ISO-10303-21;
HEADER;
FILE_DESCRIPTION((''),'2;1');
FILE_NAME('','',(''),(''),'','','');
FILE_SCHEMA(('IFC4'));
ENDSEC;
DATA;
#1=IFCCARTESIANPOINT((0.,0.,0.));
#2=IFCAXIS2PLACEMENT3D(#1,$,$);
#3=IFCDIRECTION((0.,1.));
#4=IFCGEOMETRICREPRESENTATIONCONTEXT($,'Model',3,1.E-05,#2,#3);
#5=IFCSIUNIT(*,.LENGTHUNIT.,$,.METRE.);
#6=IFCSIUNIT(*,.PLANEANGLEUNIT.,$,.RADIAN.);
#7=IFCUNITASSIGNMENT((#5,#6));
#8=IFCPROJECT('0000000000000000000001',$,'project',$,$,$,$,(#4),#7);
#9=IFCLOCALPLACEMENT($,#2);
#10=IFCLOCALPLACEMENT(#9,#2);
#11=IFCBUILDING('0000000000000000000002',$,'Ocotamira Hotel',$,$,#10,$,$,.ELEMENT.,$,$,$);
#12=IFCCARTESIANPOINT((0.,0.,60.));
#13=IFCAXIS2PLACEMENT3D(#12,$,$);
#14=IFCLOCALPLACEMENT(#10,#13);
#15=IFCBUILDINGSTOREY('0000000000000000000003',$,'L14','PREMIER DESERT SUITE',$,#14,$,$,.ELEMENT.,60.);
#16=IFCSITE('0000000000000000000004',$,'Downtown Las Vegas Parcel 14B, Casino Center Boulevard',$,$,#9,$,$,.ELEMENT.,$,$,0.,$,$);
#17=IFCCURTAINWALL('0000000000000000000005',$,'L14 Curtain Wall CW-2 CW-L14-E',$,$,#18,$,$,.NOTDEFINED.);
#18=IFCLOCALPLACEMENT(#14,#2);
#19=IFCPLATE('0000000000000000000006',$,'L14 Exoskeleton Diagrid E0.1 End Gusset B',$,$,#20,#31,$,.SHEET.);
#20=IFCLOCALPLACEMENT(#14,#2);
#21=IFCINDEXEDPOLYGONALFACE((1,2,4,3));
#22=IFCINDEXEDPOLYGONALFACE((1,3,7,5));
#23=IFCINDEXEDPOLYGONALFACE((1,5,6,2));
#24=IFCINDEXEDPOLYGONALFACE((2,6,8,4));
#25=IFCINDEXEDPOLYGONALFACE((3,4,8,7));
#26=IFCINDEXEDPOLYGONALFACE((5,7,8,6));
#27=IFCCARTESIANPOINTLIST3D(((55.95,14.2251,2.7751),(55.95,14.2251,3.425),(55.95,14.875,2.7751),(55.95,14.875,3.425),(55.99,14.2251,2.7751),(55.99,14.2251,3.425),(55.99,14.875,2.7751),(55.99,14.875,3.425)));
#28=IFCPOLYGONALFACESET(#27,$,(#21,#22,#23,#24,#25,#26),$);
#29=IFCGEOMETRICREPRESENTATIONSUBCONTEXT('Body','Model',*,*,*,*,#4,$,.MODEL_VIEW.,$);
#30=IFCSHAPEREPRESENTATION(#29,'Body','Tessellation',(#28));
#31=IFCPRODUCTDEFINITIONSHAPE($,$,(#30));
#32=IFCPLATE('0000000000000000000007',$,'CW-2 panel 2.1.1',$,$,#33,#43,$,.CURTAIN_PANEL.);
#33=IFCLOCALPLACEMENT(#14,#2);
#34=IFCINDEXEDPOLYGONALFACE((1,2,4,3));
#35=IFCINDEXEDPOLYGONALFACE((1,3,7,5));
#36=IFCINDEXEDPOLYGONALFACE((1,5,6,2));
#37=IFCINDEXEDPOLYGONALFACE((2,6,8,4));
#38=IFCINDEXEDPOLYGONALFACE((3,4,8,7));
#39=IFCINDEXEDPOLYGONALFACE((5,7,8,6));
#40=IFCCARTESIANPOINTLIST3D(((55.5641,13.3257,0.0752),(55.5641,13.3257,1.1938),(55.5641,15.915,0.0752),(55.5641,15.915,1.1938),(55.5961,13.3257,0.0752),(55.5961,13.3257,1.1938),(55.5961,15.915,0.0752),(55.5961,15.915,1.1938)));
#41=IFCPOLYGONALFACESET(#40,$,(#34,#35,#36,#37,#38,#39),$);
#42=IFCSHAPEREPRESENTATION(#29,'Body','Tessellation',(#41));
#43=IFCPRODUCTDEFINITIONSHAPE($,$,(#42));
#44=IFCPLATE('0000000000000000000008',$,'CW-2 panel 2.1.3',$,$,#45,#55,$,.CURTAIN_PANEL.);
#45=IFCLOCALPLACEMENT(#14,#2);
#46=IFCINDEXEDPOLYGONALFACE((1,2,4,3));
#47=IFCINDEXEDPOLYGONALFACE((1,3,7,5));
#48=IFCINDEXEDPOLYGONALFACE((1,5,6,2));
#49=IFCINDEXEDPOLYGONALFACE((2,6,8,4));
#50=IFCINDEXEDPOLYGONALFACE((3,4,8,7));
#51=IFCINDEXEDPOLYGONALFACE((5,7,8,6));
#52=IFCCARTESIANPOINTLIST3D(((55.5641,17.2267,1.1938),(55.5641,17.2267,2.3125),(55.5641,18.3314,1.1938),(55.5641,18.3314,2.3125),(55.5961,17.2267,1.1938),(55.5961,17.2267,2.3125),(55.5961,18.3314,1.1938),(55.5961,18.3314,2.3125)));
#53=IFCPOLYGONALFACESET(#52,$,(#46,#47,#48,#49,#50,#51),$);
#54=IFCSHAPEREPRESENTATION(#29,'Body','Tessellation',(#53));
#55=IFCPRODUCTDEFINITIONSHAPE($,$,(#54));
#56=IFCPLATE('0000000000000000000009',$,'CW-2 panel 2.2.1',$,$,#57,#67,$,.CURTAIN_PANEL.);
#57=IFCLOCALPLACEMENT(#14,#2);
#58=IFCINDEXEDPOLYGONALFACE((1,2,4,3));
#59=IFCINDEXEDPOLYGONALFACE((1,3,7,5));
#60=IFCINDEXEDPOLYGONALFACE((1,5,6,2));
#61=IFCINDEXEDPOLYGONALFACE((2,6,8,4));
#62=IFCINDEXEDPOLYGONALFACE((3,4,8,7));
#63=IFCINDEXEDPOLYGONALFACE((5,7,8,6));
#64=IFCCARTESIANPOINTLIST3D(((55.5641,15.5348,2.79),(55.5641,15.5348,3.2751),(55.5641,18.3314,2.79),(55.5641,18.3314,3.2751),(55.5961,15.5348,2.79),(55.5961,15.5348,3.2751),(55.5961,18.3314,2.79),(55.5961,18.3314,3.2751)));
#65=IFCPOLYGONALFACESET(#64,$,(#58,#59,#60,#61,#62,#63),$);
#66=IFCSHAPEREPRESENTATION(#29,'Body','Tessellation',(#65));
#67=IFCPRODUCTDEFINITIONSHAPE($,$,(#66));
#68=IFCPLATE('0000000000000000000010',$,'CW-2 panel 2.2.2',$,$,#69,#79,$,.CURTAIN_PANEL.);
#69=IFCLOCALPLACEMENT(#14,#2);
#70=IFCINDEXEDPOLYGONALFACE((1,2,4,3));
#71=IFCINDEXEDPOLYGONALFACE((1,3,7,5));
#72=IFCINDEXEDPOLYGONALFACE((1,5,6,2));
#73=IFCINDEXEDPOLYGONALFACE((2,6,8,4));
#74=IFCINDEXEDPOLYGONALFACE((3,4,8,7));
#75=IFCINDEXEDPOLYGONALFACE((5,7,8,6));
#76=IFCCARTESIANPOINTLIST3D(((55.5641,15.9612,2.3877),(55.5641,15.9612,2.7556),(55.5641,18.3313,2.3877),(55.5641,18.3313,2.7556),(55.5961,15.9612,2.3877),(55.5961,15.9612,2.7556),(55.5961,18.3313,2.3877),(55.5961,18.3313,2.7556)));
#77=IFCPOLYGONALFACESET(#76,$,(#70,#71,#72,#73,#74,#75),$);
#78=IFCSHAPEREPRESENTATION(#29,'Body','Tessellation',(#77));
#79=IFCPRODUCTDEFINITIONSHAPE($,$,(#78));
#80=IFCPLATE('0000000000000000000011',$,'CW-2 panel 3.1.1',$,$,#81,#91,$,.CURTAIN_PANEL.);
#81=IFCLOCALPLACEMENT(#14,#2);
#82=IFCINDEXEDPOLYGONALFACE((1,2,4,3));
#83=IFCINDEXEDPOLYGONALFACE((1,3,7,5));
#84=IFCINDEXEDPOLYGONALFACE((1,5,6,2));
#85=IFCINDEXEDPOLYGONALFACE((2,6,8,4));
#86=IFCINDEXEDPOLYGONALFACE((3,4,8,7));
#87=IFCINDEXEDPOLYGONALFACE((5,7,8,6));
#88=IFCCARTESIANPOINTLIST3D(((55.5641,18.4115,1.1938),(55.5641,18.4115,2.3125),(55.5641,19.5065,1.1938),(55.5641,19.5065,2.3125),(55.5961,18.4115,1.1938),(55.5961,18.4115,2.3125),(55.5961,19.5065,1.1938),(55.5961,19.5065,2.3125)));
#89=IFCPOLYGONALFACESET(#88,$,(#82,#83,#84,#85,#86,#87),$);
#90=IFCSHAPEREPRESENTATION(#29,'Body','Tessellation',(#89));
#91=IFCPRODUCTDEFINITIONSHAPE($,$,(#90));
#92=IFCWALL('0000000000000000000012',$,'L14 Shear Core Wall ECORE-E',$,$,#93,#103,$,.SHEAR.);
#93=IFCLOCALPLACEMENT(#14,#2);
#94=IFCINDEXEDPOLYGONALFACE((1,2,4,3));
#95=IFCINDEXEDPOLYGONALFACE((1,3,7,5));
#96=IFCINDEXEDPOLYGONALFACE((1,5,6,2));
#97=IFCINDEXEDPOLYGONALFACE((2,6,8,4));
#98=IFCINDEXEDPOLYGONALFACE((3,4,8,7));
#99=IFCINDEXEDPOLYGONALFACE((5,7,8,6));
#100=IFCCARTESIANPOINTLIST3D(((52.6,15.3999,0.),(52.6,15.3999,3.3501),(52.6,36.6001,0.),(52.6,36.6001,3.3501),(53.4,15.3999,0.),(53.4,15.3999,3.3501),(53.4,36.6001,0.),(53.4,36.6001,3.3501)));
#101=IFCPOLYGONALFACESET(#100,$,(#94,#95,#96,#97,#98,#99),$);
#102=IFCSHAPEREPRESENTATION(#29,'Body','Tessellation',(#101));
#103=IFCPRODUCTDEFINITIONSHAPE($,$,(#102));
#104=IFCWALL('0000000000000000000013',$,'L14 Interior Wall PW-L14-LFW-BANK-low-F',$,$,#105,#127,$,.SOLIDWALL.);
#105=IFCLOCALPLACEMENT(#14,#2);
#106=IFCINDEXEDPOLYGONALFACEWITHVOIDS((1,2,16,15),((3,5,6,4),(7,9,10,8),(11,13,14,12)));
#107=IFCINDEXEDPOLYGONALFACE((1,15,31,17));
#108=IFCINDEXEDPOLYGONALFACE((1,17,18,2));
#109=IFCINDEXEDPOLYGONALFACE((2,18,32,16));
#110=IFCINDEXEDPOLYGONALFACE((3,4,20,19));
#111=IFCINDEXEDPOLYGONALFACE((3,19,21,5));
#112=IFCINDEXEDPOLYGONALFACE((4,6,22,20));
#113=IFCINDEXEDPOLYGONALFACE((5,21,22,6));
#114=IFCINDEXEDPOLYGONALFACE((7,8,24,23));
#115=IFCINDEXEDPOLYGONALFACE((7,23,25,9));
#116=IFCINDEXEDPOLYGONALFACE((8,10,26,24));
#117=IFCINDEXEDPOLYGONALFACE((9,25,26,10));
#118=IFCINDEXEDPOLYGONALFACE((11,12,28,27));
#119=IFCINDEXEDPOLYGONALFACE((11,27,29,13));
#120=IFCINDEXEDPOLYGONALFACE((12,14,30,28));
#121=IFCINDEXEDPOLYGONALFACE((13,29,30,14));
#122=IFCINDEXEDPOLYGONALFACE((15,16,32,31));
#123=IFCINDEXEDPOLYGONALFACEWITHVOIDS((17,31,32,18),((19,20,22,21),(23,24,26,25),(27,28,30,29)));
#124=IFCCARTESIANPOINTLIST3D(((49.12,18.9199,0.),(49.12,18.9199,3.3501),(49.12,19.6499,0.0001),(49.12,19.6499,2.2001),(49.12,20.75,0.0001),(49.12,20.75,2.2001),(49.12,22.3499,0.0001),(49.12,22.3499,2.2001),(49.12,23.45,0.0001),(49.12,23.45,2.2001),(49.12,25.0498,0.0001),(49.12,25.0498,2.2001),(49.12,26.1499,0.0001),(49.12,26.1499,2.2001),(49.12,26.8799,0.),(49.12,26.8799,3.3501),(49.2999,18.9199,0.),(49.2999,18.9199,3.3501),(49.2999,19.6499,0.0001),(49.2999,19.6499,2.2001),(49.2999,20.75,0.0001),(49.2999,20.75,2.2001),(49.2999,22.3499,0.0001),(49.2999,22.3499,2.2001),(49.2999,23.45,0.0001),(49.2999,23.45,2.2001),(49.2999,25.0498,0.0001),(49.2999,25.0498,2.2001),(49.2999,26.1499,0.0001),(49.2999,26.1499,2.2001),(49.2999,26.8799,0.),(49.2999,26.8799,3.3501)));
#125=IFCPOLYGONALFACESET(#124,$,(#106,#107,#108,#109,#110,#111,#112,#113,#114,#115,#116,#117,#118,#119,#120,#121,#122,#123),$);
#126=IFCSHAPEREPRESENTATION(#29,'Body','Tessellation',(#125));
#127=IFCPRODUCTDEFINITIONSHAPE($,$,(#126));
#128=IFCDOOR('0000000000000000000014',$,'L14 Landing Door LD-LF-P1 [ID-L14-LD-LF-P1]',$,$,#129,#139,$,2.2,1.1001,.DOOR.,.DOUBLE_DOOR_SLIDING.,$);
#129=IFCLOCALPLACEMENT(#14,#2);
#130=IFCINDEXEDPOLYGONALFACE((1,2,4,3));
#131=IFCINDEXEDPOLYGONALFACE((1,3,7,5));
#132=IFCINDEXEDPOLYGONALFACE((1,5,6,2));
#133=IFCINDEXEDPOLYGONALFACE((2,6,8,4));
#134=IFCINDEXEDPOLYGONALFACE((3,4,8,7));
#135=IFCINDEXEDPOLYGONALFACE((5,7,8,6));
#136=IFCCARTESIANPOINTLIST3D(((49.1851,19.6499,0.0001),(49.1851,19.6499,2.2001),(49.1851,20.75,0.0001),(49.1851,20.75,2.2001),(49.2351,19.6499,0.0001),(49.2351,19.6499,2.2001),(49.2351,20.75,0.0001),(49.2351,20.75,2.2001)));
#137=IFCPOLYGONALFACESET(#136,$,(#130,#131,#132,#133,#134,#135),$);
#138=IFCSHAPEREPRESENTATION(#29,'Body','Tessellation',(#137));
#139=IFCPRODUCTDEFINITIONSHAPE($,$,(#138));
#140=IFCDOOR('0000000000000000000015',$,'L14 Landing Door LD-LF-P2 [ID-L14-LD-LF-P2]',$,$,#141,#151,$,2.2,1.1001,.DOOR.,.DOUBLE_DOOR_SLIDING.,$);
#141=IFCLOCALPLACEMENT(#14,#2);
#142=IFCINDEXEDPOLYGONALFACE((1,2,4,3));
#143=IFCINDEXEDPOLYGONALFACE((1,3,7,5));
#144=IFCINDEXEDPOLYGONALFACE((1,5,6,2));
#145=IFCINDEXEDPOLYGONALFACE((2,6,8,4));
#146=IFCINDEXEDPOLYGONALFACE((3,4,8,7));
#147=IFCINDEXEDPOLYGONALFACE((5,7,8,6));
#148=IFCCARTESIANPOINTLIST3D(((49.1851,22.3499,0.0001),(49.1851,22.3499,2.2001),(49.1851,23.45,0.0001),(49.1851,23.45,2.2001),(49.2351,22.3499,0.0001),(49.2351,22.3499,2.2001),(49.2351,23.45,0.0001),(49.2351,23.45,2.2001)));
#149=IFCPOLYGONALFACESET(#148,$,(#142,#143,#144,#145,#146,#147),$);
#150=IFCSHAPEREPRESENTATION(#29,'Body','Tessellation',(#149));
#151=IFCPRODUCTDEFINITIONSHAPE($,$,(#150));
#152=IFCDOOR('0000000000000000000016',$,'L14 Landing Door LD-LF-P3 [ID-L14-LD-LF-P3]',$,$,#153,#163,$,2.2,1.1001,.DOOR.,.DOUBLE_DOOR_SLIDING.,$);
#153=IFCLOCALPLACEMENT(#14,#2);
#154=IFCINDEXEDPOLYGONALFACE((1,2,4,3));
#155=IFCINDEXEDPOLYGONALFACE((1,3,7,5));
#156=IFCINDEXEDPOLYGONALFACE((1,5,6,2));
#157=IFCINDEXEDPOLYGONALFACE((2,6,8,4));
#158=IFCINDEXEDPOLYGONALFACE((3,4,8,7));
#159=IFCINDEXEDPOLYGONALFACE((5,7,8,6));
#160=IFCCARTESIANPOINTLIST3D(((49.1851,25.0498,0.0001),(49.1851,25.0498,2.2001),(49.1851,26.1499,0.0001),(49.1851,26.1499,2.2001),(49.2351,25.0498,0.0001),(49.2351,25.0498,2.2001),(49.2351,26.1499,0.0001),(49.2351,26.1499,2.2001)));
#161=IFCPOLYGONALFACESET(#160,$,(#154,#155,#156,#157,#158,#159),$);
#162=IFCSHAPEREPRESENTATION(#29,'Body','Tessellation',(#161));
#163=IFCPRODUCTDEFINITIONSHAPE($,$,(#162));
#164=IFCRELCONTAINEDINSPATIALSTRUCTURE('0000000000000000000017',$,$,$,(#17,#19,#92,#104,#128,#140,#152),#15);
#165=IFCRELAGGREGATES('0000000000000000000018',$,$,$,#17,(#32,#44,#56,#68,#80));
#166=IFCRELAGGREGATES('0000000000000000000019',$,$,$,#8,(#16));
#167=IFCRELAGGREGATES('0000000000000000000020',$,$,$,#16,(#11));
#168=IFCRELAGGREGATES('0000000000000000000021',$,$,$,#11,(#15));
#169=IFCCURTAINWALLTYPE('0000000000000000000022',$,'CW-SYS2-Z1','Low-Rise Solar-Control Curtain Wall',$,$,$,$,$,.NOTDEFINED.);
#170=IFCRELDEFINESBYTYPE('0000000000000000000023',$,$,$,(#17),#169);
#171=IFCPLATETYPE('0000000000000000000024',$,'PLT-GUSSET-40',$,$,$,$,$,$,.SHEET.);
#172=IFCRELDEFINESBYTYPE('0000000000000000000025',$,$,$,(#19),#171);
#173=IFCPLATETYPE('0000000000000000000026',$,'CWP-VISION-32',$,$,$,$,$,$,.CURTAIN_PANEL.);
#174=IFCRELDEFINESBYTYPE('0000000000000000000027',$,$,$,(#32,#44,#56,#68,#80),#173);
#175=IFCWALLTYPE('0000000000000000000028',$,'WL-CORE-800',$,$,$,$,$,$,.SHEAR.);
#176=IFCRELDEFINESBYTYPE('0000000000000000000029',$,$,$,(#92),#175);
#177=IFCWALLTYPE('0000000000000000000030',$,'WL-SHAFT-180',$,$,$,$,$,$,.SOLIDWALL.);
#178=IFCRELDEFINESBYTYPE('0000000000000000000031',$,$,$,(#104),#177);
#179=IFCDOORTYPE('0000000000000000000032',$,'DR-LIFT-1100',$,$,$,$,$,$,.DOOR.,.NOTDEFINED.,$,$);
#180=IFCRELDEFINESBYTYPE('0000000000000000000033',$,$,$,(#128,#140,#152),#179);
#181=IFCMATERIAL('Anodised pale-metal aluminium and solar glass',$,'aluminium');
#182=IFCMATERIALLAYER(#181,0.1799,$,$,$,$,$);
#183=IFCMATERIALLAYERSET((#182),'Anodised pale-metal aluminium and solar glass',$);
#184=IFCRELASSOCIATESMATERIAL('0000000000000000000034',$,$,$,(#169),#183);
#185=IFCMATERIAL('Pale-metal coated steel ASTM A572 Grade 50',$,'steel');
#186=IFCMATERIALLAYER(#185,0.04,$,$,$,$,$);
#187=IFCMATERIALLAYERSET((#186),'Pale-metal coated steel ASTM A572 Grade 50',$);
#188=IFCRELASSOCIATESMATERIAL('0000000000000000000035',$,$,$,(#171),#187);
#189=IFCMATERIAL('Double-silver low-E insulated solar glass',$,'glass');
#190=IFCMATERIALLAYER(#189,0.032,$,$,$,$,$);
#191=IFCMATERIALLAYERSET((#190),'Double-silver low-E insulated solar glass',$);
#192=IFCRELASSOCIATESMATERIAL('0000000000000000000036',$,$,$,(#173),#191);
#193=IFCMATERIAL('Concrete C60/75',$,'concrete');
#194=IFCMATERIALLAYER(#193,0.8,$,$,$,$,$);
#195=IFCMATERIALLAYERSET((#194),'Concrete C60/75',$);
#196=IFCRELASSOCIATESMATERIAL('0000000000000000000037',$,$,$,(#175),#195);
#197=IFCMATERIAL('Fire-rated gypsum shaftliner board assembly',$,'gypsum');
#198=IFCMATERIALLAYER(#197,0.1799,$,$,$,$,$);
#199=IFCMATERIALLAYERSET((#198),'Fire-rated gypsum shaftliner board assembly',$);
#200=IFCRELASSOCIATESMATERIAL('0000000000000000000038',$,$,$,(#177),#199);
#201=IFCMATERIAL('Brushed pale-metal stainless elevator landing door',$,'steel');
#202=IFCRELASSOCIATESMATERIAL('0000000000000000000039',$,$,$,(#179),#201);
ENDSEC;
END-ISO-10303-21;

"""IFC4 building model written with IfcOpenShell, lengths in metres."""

from ifc_helpers import new_model, si_unit, direction, frame, frame_2d, origin, origin_2d, place, context, subcontext, project, spatial, rectangle, extrude, source, transform, mapped, material, layer, layer_set, type_object, element, fill, aggregate, save


model = new_model("IFC4")

# Units and contexts
model_context = context("Model", 3, precision=1e-05, world=origin(), true_north=direction((0.0, 1.0)))
body_context = subcontext(model_context, "Body", "Model", "MODEL_VIEW")
ifc_project = project(units=[si_unit("LENGTHUNIT", "METRE"), si_unit("PLANEANGLEUNIT", "RADIAN")], contexts=[model_context])

# Site, building, storey
site_placement = place(None, origin())
site = spatial("IfcSite", under=ifc_project, at=site_placement, Name="Downtown Las Vegas Parcel 14B, Casino Center Boulevard", CompositionType="ELEMENT", RefElevation=0.0)
building_placement = place(site_placement, origin())
building = spatial("IfcBuilding", under=site, at=building_placement, Name="Ocotamira Hotel", CompositionType="ELEMENT")
storey_placement = place(building_placement, frame((0.0, 0.0, 60.0)))
storey = spatial("IfcBuildingStorey", under=building, at=storey_placement, Name="L14", Description="PREMIER DESERT SUITE", CompositionType="ELEMENT", Elevation=60.0)

# Curtain wall
ifc_material_1 = material(Name="Anodised pale-metal aluminium and solar glass", Category="aluminium")
ifc_layer_1 = layer(ifc_material_1, 0.1799)
ifc_layer_set_1 = layer_set([ifc_layer_1], Name="Anodised pale-metal aluminium and solar glass")
curtain_wall_type = type_object("IfcCurtainWallType", Name="CW-SYS2-Z1", Description="Low-Rise Solar-Control Curtain Wall", PredefinedType="NOTDEFINED", material=ifc_layer_set_1)
curtain_wall_placement = place(storey_placement, origin())
curtain_wall = element("IfcCurtainWall", 1, at=curtain_wall_placement, inside=storey, type_object=curtain_wall_type, Name="L14 Curtain Wall CW-2 CW-L14-E", PredefinedType="NOTDEFINED")

# Plates
ifc_material_2 = material(Name="Pale-metal coated steel ASTM A572 Grade 50", Category="steel")
ifc_layer_2 = layer(ifc_material_2, 0.04)
ifc_layer_set_2 = layer_set([ifc_layer_2], Name="Pale-metal coated steel ASTM A572 Grade 50")
plate_type_1 = type_object("IfcPlateType", Name="PLT-GUSSET-40", PredefinedType="SHEET", material=ifc_layer_set_2)
shared_shape_1 = source(origin(), body_context, "Body", "SweptSolid", [
    extrude(rectangle(XDim=0.04, YDim=0.6499, at=origin_2d()), origin(), (0.0, 0.0, 1.0), 0.6499),
])
plate_1_placement = place(storey_placement, frame((55.97, 14.55, 2.7751), z_axis=(0.0, 0.0, 1.0), x_axis=(1.0, 0.0, 0.0)))
element("IfcPlate", 2, at=plate_1_placement, inside=storey, type_object=plate_type_1, Name="L14 Exoskeleton Diagrid E0.1 End Gusset B", PredefinedType="SHEET", context=body_context, shape_type="MappedRepresentation", body=[
    mapped(shared_shape_1, transform((0.0, 0.0, 0.0), scale=1.0)),
])
ifc_material_3 = material(Name="Double-silver low-E insulated solar glass", Category="glass")
ifc_layer_3 = layer(ifc_material_3, 0.032)
ifc_layer_set_3 = layer_set([ifc_layer_3], Name="Double-silver low-E insulated solar glass")
plate_type_2 = type_object("IfcPlateType", Name="CWP-VISION-32", PredefinedType="CURTAIN_PANEL", material=ifc_layer_set_3)
shared_shape_2 = source(origin(), body_context, "Body", "SweptSolid", [
    extrude(rectangle(XDim=2.5894, YDim=0.032, at=origin_2d()), origin(), (0.0, 0.0, 1.0), 1.1187),
])
plate_2_placement = place(storey_placement, frame((55.5801, 14.6204, 0.0752), z_axis=(0.0, 0.0, 1.0), x_axis=(0.0, 1.0, 0.0)))
plate_2 = element("IfcPlate", 3, at=plate_2_placement, type_object=plate_type_2, Name="CW-2 panel 2.1.1", PredefinedType="CURTAIN_PANEL", context=body_context, shape_type="MappedRepresentation", body=[
    mapped(shared_shape_2, transform((0.0, 0.0, 0.0), scale=1.0)),
])
shared_shape_3 = source(origin(), body_context, "Body", "SweptSolid", [
    extrude(rectangle(XDim=1.1047, YDim=0.032, at=origin_2d()), origin(), (0.0, 0.0, 1.0), 1.1187),
])
plate_3_placement = place(storey_placement, frame((55.5801, 17.7791, 1.1938), z_axis=(0.0, 0.0, 1.0), x_axis=(0.0, 1.0, 0.0)))
plate_3 = element("IfcPlate", 4, at=plate_3_placement, type_object=plate_type_2, Name="CW-2 panel 2.1.3", PredefinedType="CURTAIN_PANEL", context=body_context, shape_type="MappedRepresentation", body=[
    mapped(shared_shape_3, transform((0.0, 0.0, 0.0), scale=1.0)),
])
shared_shape_4 = source(origin(), body_context, "Body", "SweptSolid", [
    extrude(rectangle(XDim=2.7966, YDim=0.032, at=origin_2d()), origin(), (0.0, 0.0, 1.0), 0.4851),
])
plate_4_placement = place(storey_placement, frame((55.5801, 16.9331, 2.79), z_axis=(0.0, 0.0, 1.0), x_axis=(0.0, 1.0, 0.0)))
plate_4 = element("IfcPlate", 5, at=plate_4_placement, type_object=plate_type_2, Name="CW-2 panel 2.2.1", PredefinedType="CURTAIN_PANEL", context=body_context, shape_type="MappedRepresentation", body=[
    mapped(shared_shape_4, transform((0.0, 0.0, 0.0), scale=1.0)),
])
shared_shape_5 = source(origin(), body_context, "Body", "SweptSolid", [
    extrude(rectangle(XDim=2.3701, YDim=0.032, at=origin_2d()), origin(), (0.0, 0.0, 1.0), 0.3679),
])
plate_5_placement = place(storey_placement, frame((55.5801, 17.1462, 2.3877), z_axis=(0.0, 0.0, 1.0), x_axis=(0.0, 1.0, 0.0)))
plate_5 = element("IfcPlate", 6, at=plate_5_placement, type_object=plate_type_2, Name="CW-2 panel 2.2.2", PredefinedType="CURTAIN_PANEL", context=body_context, shape_type="MappedRepresentation", body=[
    mapped(shared_shape_5, transform((0.0, 0.0, 0.0), scale=1.0)),
])
shared_shape_6 = source(origin(), body_context, "Body", "SweptSolid", [
    extrude(rectangle(XDim=1.095, YDim=0.032, at=origin_2d()), origin(), (0.0, 0.0, 1.0), 1.1187),
])
plate_6_placement = place(storey_placement, frame((55.5801, 18.959, 1.1938), z_axis=(0.0, 0.0, 1.0), x_axis=(0.0, 1.0, 0.0)))
plate_6 = element("IfcPlate", 7, at=plate_6_placement, type_object=plate_type_2, Name="CW-2 panel 3.1.1", PredefinedType="CURTAIN_PANEL", context=body_context, shape_type="MappedRepresentation", body=[
    mapped(shared_shape_6, transform((0.0, 0.0, 0.0), scale=1.0)),
])
aggregate(curtain_wall, [plate_2, plate_3, plate_4, plate_5, plate_6])

# Wall
ifc_material_4 = material(Name="Concrete C60/75", Category="concrete")
ifc_layer_4 = layer(ifc_material_4, 0.8)
ifc_layer_set_4 = layer_set([ifc_layer_4], Name="Concrete C60/75")
wall_type_1 = type_object("IfcWallType", Name="WL-CORE-800", PredefinedType="SHEAR", material=ifc_layer_set_4)
wall_1_placement = place(storey_placement, frame((53.0, 15.3999, 0.0), z_axis=(0.0, 0.0, 1.0), x_axis=(0.0, 1.0, 0.0)))
element("IfcWall", 8, at=wall_1_placement, inside=storey, type_object=wall_type_1, Name="L14 Shear Core Wall ECORE-E", PredefinedType="SHEAR", context=body_context, shape_type="SweptSolid", body=[
    extrude(rectangle(XDim=21.2002, YDim=0.8, at=frame_2d((10.6001, 0.0))), origin(), (0.0, 0.0, 1.0), 3.3501),
])

# Wall, openings, doors
ifc_material_5 = material(Name="Fire-rated gypsum shaftliner board assembly", Category="gypsum")
ifc_layer_5 = layer(ifc_material_5, 0.1799)
ifc_layer_set_5 = layer_set([ifc_layer_5], Name="Fire-rated gypsum shaftliner board assembly")
wall_type_2 = type_object("IfcWallType", Name="WL-SHAFT-180", PredefinedType="SOLIDWALL", material=ifc_layer_set_5)
wall_2_placement = place(storey_placement, frame((49.21, 18.9199, 0.0), z_axis=(0.0, 0.0, 1.0), x_axis=(0.0, 1.0, 0.0)))
wall_2 = element("IfcWall", 9, at=wall_2_placement, inside=storey, type_object=wall_type_2, Name="L14 Interior Wall PW-L14-LFW-BANK-low-F", PredefinedType="SOLIDWALL", context=body_context, shape_type="SweptSolid", body=[
    extrude(rectangle(XDim=7.96, YDim=0.1799, at=frame_2d((3.98, 0.0))), origin(), (0.0, 0.0, 1.0), 3.3501),
])
opening_1_placement = place(wall_2_placement, frame((0.73, 0.0, 0.0)))
opening_1 = element("IfcOpeningElement", 10, at=opening_1_placement, cuts=wall_2, PredefinedType="OPENING", context=body_context, shape_type="SweptSolid", body=[
    extrude(rectangle(XDim=1.1001, YDim=2.2, at=frame_2d((0.55, 1.1001))), frame((0.0, 0.1001, 0.0), z_axis=(0.0, -1.0, 0.0), x_axis=(1.0, 0.0, 0.0)), (0.0, 0.0, 1.0), 0.2),
])
opening_2_placement = place(wall_2_placement, frame((3.4299, 0.0, 0.0)))
opening_2 = element("IfcOpeningElement", 11, at=opening_2_placement, cuts=wall_2, PredefinedType="OPENING", context=body_context, shape_type="SweptSolid", body=[
    extrude(rectangle(XDim=1.1001, YDim=2.2, at=frame_2d((0.55, 1.1001))), frame((0.0, 0.1001, 0.0), z_axis=(0.0, -1.0, 0.0), x_axis=(1.0, 0.0, 0.0)), (0.0, 0.0, 1.0), 0.2),
])
opening_3_placement = place(wall_2_placement, frame((6.1299, 0.0, 0.0)))
opening_3 = element("IfcOpeningElement", 12, at=opening_3_placement, cuts=wall_2, PredefinedType="OPENING", context=body_context, shape_type="SweptSolid", body=[
    extrude(rectangle(XDim=1.1001, YDim=2.2, at=frame_2d((0.55, 1.1001))), frame((0.0, 0.1001, 0.0), z_axis=(0.0, -1.0, 0.0), x_axis=(1.0, 0.0, 0.0)), (0.0, 0.0, 1.0), 0.2),
])
ifc_material_6 = material(Name="Brushed pale-metal stainless elevator landing door", Category="steel")
door_type = type_object("IfcDoorType", Name="DR-LIFT-1100", OperationType="NOTDEFINED", PredefinedType="DOOR", material=ifc_material_6)
shared_shape_7 = source(origin(), body_context, "Body", "SweptSolid", [
    extrude(rectangle(XDim=1.1001, YDim=2.2, at=frame_2d((0.55, 1.1001))), frame((0.0, 0.0249, 0.0), z_axis=(0.0, -1.0, 0.0), x_axis=(1.0, 0.0, 0.0)), (0.0, 0.0, 1.0), 0.05),
])
door_1_placement = place(opening_1_placement, origin())
door_1 = element("IfcDoor", 13, at=door_1_placement, inside=storey, type_object=door_type, Name="L14 Landing Door LD-LF-P1 [ID-L14-LD-LF-P1]", OperationType="DOUBLE_DOOR_SLIDING", OverallHeight=2.2, OverallWidth=1.1001, PredefinedType="DOOR", context=body_context, shape_type="MappedRepresentation", body=[
    mapped(shared_shape_7, transform((0.0, 0.0, 0.0), scale=1.0)),
])
fill(opening_1, door_1)
door_2_placement = place(opening_2_placement, origin())
door_2 = element("IfcDoor", 14, at=door_2_placement, inside=storey, type_object=door_type, Name="L14 Landing Door LD-LF-P2 [ID-L14-LD-LF-P2]", OperationType="DOUBLE_DOOR_SLIDING", OverallHeight=2.2, OverallWidth=1.1001, PredefinedType="DOOR", context=body_context, shape_type="MappedRepresentation", body=[
    mapped(shared_shape_7, transform((0.0, 0.0, 0.0), scale=1.0)),
])
fill(opening_2, door_2)
door_3_placement = place(opening_3_placement, origin())
door_3 = element("IfcDoor", 15, at=door_3_placement, inside=storey, type_object=door_type, Name="L14 Landing Door LD-LF-P3 [ID-L14-LD-LF-P3]", OperationType="DOUBLE_DOOR_SLIDING", OverallHeight=2.2, OverallWidth=1.1001, PredefinedType="DOOR", context=body_context, shape_type="MappedRepresentation", body=[
    mapped(shared_shape_7, transform((0.0, 0.0, 0.0), scale=1.0)),
])
fill(opening_3, door_3)

save(model, "model.ifc")
